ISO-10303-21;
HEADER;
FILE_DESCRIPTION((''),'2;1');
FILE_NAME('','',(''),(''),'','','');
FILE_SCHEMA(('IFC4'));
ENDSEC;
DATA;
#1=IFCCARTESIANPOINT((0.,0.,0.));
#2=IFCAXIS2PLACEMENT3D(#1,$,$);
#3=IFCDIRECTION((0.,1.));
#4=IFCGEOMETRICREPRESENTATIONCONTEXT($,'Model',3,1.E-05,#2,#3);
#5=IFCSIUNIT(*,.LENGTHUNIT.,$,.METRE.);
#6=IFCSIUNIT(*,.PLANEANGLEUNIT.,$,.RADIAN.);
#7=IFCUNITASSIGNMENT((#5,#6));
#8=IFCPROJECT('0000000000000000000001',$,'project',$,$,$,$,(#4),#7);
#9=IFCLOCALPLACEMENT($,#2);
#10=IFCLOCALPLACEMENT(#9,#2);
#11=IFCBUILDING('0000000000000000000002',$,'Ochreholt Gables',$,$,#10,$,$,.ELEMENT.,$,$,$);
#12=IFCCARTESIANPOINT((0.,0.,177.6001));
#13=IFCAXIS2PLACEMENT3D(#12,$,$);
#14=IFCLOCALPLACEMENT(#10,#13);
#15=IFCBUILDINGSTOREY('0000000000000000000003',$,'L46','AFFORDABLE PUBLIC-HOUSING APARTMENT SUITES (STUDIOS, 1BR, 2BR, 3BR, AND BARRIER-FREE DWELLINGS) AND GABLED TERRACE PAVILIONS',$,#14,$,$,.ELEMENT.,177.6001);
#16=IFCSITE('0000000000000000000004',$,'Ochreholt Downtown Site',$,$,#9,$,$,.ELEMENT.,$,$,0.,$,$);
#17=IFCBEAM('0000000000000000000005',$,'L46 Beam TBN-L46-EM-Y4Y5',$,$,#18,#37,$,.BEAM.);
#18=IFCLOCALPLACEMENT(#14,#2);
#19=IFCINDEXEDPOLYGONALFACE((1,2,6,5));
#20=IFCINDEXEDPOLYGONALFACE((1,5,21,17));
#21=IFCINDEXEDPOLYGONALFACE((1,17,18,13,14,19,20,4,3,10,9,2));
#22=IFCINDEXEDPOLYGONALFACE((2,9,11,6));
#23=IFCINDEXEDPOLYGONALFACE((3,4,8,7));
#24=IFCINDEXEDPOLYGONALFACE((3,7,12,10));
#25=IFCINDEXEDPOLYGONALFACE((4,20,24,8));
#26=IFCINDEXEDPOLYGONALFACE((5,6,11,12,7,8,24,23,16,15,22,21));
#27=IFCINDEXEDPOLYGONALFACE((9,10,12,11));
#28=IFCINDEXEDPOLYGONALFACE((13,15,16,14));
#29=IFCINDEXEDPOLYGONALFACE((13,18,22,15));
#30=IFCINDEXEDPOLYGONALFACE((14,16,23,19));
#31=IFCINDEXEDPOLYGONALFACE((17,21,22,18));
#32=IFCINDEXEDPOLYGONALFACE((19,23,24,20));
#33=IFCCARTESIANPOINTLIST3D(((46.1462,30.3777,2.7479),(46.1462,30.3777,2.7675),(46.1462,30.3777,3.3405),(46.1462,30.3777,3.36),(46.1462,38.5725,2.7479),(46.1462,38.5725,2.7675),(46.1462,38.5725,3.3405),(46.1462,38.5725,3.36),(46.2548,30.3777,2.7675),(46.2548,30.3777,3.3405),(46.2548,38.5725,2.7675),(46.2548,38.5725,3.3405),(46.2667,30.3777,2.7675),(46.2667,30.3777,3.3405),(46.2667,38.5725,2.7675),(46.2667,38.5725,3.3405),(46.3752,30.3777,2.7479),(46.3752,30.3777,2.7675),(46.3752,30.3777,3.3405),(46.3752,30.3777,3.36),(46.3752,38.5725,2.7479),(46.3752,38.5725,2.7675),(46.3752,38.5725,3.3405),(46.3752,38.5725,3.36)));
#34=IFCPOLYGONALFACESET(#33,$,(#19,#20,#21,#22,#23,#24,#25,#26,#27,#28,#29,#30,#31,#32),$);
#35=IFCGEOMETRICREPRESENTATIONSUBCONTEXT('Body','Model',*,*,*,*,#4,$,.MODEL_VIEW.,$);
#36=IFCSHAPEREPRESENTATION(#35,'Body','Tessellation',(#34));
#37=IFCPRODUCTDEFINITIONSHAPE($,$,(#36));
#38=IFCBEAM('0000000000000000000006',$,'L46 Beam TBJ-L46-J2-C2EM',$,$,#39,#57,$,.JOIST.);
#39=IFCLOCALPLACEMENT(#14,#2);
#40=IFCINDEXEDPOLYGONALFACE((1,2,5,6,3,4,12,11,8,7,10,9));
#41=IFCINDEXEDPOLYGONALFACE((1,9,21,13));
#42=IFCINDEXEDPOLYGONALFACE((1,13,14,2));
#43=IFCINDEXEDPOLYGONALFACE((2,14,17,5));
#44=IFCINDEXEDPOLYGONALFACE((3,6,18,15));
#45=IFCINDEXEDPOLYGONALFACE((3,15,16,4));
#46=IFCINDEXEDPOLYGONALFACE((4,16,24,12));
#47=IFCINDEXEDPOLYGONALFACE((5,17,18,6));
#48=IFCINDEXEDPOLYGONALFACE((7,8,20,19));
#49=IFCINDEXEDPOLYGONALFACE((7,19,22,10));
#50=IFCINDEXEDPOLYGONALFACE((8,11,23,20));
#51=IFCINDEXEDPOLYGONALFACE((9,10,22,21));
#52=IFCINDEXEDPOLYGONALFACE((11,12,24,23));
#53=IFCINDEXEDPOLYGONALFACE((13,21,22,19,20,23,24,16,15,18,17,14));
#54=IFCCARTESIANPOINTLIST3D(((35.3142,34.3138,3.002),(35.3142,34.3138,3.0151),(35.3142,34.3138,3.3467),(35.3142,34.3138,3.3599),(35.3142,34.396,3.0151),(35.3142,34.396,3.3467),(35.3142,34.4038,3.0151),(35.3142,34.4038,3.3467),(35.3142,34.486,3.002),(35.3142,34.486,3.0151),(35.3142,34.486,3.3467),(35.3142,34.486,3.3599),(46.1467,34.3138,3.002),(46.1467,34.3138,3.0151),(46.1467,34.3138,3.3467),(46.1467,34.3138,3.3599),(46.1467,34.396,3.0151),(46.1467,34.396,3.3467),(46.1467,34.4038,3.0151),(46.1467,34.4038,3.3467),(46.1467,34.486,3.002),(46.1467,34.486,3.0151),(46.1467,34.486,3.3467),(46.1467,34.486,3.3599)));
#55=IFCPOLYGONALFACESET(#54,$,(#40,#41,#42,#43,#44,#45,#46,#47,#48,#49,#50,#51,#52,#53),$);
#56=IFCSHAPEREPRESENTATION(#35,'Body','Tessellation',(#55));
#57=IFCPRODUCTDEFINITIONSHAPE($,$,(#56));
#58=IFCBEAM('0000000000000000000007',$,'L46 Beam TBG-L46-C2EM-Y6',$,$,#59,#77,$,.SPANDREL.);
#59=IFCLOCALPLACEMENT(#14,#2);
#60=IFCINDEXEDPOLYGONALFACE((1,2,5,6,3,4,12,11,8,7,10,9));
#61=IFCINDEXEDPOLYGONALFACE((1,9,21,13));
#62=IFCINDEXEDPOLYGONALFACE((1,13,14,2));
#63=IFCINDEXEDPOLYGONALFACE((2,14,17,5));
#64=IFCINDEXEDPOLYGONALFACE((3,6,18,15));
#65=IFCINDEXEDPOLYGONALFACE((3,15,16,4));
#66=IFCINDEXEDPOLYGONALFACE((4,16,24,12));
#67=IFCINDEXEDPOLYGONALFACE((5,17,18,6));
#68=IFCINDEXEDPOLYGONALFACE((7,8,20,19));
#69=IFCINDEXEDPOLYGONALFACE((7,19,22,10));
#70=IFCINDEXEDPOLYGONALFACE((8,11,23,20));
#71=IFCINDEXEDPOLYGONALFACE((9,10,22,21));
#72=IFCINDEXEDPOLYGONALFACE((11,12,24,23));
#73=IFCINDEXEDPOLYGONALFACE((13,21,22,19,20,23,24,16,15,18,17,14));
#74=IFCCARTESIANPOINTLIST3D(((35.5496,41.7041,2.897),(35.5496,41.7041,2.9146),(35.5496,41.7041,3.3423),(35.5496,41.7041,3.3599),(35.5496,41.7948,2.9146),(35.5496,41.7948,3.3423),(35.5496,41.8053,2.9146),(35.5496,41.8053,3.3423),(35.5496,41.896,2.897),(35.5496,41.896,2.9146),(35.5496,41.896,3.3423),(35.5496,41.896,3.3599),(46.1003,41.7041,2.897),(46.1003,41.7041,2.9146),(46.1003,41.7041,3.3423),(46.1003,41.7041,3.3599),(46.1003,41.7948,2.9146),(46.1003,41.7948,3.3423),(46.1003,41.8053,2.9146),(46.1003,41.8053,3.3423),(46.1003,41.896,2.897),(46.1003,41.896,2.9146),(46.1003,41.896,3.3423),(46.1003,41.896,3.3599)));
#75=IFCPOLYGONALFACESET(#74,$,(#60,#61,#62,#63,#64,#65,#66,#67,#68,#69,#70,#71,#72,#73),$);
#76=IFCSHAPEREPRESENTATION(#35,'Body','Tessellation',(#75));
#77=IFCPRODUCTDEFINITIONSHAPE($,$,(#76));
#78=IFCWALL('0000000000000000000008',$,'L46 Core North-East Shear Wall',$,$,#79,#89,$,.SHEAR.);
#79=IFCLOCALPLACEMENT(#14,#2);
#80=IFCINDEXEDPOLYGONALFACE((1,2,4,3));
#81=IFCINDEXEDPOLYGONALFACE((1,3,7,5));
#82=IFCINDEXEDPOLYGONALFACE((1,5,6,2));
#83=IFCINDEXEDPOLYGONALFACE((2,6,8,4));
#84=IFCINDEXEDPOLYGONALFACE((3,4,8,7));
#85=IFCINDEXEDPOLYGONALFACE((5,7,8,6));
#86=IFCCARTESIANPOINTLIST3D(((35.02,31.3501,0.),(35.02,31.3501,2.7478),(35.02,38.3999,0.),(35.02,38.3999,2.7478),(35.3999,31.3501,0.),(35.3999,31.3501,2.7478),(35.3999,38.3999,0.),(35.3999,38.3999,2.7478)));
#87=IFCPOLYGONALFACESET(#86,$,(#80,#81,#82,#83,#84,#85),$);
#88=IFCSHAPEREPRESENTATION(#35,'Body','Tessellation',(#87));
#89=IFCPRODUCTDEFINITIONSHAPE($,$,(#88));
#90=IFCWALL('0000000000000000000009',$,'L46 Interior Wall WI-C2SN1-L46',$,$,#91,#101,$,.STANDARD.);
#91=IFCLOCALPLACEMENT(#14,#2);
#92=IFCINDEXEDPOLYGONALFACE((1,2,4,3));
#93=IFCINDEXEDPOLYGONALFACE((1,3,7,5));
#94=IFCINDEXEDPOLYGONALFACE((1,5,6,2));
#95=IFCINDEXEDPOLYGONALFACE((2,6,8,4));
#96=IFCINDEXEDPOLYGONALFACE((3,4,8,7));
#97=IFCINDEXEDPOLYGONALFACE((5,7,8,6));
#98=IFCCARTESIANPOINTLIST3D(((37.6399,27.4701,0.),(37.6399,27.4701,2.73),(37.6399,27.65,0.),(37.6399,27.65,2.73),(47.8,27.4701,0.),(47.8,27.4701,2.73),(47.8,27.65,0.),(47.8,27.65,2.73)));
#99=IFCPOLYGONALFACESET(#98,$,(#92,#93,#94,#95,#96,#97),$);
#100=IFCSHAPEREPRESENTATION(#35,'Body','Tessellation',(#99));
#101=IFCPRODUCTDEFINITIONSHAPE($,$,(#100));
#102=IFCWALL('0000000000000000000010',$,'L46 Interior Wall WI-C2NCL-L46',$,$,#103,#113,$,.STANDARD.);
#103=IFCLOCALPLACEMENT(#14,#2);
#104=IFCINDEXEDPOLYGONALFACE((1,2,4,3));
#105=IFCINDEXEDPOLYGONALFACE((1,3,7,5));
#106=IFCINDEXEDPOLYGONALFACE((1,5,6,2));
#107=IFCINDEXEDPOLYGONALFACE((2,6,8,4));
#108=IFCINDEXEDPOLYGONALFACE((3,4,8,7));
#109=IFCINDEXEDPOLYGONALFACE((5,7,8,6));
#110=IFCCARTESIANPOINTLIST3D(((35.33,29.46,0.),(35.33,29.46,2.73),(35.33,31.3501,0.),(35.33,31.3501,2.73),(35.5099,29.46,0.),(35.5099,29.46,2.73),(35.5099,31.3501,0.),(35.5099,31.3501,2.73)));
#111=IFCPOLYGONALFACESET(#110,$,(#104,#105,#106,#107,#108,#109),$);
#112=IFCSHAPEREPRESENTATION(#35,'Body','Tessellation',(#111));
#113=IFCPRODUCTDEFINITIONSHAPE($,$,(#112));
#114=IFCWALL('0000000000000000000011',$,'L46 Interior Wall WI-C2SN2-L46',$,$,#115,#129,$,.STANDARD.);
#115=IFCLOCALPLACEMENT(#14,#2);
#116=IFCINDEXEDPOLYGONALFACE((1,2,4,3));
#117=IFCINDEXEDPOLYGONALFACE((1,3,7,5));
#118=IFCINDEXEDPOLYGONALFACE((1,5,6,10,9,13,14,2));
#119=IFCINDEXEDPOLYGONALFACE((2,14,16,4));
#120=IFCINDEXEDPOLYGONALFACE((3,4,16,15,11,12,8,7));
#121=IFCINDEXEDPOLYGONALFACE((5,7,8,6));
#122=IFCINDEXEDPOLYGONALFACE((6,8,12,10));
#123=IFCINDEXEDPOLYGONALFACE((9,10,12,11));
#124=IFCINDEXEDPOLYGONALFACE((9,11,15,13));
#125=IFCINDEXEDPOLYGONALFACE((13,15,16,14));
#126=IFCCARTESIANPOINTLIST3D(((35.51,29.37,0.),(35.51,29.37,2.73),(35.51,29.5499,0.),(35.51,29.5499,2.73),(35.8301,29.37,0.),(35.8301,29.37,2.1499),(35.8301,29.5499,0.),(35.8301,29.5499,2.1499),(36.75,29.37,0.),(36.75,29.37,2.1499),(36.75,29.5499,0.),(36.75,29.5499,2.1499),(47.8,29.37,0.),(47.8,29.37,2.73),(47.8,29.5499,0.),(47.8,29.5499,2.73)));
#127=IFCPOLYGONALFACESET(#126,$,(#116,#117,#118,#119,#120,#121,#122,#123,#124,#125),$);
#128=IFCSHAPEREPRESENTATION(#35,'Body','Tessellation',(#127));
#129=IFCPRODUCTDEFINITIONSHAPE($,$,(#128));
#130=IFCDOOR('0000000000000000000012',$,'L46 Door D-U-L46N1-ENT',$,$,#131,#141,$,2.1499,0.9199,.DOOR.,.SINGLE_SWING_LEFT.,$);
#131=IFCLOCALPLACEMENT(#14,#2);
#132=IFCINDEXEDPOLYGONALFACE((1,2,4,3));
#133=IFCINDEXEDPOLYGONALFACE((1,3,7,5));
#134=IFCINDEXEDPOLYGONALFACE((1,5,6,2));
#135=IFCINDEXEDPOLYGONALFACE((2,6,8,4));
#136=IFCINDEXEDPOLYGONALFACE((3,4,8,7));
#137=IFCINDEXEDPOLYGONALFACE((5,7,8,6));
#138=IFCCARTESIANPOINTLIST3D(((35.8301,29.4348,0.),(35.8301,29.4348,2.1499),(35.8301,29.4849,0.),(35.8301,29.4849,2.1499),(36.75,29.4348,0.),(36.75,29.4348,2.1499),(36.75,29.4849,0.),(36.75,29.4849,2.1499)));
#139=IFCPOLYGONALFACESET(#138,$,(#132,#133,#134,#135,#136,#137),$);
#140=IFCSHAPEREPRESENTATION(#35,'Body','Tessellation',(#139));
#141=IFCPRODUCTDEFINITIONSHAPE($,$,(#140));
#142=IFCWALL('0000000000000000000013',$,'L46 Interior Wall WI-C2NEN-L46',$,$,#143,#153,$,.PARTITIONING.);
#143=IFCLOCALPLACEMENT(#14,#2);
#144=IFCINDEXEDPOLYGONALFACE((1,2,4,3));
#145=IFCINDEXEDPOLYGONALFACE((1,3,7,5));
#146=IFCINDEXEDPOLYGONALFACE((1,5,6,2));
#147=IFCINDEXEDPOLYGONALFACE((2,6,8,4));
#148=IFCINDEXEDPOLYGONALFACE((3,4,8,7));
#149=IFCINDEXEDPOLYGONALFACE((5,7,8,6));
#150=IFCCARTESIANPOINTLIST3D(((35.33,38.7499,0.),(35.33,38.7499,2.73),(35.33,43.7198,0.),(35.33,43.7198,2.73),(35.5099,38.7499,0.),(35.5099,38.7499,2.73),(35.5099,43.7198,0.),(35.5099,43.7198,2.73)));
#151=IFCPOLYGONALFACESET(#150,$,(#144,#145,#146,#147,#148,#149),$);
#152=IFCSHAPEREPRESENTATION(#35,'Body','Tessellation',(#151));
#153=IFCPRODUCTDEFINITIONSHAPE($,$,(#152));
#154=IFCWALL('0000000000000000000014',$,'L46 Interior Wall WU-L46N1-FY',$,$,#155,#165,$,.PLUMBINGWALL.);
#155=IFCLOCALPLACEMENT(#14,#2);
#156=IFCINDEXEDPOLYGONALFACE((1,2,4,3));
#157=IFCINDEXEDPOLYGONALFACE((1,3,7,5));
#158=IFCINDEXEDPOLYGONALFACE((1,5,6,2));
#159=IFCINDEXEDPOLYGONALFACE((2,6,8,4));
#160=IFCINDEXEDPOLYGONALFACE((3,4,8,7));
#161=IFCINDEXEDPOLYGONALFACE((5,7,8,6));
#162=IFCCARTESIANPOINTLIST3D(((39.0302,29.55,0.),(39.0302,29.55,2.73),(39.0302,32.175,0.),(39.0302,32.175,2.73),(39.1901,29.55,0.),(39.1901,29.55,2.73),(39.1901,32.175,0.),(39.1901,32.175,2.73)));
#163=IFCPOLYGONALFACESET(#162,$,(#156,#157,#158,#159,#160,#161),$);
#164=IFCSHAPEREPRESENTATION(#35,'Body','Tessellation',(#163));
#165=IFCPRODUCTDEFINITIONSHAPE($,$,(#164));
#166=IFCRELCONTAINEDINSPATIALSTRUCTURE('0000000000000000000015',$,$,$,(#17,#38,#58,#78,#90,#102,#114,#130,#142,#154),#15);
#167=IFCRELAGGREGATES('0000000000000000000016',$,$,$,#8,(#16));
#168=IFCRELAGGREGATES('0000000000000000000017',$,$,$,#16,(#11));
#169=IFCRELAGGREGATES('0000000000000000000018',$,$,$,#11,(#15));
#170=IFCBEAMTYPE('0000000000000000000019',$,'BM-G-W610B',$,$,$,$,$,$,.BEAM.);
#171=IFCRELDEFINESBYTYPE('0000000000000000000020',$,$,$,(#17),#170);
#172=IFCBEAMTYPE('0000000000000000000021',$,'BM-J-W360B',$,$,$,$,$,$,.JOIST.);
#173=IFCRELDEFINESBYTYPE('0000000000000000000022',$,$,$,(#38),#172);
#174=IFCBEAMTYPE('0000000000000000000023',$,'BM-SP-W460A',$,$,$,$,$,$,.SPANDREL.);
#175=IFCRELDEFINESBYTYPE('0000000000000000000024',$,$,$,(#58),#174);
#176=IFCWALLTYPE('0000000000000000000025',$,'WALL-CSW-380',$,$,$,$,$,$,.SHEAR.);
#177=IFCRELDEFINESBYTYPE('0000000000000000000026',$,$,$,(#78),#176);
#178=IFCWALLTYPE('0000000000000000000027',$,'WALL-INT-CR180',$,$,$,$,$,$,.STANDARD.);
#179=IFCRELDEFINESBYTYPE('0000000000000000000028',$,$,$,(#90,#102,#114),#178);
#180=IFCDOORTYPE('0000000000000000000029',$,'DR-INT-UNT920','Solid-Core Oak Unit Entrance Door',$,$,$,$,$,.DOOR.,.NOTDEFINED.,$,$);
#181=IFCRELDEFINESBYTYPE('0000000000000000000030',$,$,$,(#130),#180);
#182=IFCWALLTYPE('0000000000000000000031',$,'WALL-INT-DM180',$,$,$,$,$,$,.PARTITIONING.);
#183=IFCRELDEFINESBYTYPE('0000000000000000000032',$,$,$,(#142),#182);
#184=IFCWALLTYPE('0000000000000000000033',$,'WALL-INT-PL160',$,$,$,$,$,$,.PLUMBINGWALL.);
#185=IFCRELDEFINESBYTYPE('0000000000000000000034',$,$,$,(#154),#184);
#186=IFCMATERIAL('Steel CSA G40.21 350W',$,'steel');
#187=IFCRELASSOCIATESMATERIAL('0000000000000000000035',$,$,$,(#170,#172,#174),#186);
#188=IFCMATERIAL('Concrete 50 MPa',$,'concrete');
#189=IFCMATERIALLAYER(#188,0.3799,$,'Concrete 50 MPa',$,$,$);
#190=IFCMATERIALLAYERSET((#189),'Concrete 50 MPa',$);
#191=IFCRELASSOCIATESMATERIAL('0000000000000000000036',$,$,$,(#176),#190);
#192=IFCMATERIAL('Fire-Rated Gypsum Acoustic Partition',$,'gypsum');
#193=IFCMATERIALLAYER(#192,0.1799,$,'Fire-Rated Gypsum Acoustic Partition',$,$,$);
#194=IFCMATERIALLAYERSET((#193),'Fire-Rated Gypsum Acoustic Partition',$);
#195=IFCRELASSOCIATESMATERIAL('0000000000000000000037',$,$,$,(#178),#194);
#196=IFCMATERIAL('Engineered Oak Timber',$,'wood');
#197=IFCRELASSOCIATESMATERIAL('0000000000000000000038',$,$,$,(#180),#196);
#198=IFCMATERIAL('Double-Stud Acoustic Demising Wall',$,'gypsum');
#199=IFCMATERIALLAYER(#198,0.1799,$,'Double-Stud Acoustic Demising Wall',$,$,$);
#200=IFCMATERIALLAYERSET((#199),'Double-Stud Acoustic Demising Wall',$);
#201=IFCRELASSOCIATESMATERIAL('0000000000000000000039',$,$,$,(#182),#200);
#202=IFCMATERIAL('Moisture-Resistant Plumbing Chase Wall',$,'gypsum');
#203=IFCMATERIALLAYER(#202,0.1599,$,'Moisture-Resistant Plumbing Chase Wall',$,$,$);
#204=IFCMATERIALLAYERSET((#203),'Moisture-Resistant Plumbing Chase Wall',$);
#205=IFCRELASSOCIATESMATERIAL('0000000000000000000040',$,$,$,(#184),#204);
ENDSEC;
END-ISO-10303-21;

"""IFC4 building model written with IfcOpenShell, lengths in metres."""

from ifc_helpers import new_model, si_unit, direction, frame, frame_2d, origin, origin_2d, place, context, subcontext, project, spatial, rectangle, i_section, extrude, material, layer, layer_set, material_profile, profile_set, type_object, element, fill, save


model = new_model("IFC4")

# Units and contexts
model_context = context("Model", 3, precision=1e-05, world=origin(), true_north=direction((0.0, 1.0)))
body_context = subcontext(model_context, "Body", "Model", "MODEL_VIEW")
ifc_project = project(units=[si_unit("LENGTHUNIT", "METRE"), si_unit("PLANEANGLEUNIT", "RADIAN")], contexts=[model_context])

# Site, building, storey
site_placement = place(None, origin())
site = spatial("IfcSite", under=ifc_project, at=site_placement, Name="Ochreholt Downtown Site", CompositionType="ELEMENT", RefElevation=0.0)
building_placement = place(site_placement, origin())
building = spatial("IfcBuilding", under=site, at=building_placement, Name="Ochreholt Gables", CompositionType="ELEMENT")
storey_placement = place(building_placement, frame((0.0, 0.0, 177.6001)))
storey = spatial("IfcBuildingStorey", under=building, at=storey_placement, Name="L46", Description="AFFORDABLE PUBLIC-HOUSING APARTMENT SUITES (STUDIOS, 1BR, 2BR, 3BR, AND BARRIER-FREE DWELLINGS) AND GABLED TERRACE PAVILIONS", CompositionType="ELEMENT", Elevation=177.6001)

# Shared definitions
ifc_material_1 = material(Name="Steel CSA G40.21 350W", Category="steel")
ifc_material_2 = material(Name="Concrete 50 MPa", Category="concrete")

# Beams
ifc_material_profile_1 = material_profile(ifc_material_1, i_section(OverallWidth=0.229, OverallDepth=0.6121, WebThickness=0.012, FlangeThickness=0.0195, at=origin_2d()), Name="W610X125")
ifc_profile_set_1 = profile_set([ifc_material_profile_1], Name="Steel CSA G40.21 350W")
beam_type_1 = type_object("IfcBeamType", Name="BM-G-W610B", PredefinedType="BEAM", material=ifc_profile_set_1)
beam_1_placement = place(storey_placement, frame((46.2607, 30.3777, 3.054), z_axis=(0.0, 1.0, 0.0), x_axis=(-1.0, 0.0, 0.0)))
element("IfcBeam", 1, at=beam_1_placement, inside=storey, type_object=beam_type_1, Name="L46 Beam TBN-L46-EM-Y4Y5", PredefinedType="BEAM", context=body_context, shape_type="SweptSolid", body=[
    extrude(i_section(OverallWidth=0.229, OverallDepth=0.6121, WebThickness=0.012, FlangeThickness=0.0195, at=origin_2d()), origin(), (0.0, 0.0, 1.0), 8.1948),
])
ifc_material_profile_2 = material_profile(ifc_material_1, i_section(OverallWidth=0.1721, OverallDepth=0.3579, WebThickness=0.0078, FlangeThickness=0.0132, at=origin_2d()), Name="W360X57")
ifc_profile_set_2 = profile_set([ifc_material_profile_2], Name="Steel CSA G40.21 350W")
beam_type_2 = type_object("IfcBeamType", Name="BM-J-W360B", PredefinedType="JOIST", material=ifc_profile_set_2)
beam_2_placement = place(storey_placement, frame((35.3142, 34.3999, 3.1809), z_axis=(1.0, 0.0, 0.0), x_axis=(0.0, 1.0, 0.0)))
element("IfcBeam", 2, at=beam_2_placement, inside=storey, type_object=beam_type_2, Name="L46 Beam TBJ-L46-J2-C2EM", PredefinedType="JOIST", context=body_context, shape_type="SweptSolid", body=[
    extrude(i_section(OverallWidth=0.1721, OverallDepth=0.3579, WebThickness=0.0078, FlangeThickness=0.0132, at=origin_2d()), origin(), (0.0, 0.0, 1.0), 10.8325),
])
ifc_material_profile_3 = material_profile(ifc_material_1, i_section(OverallWidth=0.1919, OverallDepth=0.4629, WebThickness=0.0105, FlangeThickness=0.0176, at=origin_2d()), Name="W460X89")
ifc_profile_set_3 = profile_set([ifc_material_profile_3], Name="Steel CSA G40.21 350W")
beam_type_3 = type_object("IfcBeamType", Name="BM-SP-W460A", PredefinedType="SPANDREL", material=ifc_profile_set_3)
beam_3_placement = place(storey_placement, frame((35.5496, 41.8, 3.1284), z_axis=(1.0, 0.0, 0.0), x_axis=(0.0, 1.0, 0.0)))
element("IfcBeam", 3, at=beam_3_placement, inside=storey, type_object=beam_type_3, Name="L46 Beam TBG-L46-C2EM-Y6", PredefinedType="SPANDREL", context=body_context, shape_type="SweptSolid", body=[
    extrude(i_section(OverallWidth=0.1919, OverallDepth=0.4629, WebThickness=0.0105, FlangeThickness=0.0176, at=origin_2d()), origin(), (0.0, 0.0, 1.0), 10.5508),
])

# Walls
ifc_layer_1 = layer(ifc_material_2, 0.3799, Name="Concrete 50 MPa")
ifc_layer_set_1 = layer_set([ifc_layer_1], Name="Concrete 50 MPa")
wall_type_1 = type_object("IfcWallType", Name="WALL-CSW-380", PredefinedType="SHEAR", material=ifc_layer_set_1)
wall_1_placement = place(storey_placement, frame((35.21, 31.3501, 0.0), z_axis=(0.0, 0.0, 1.0), x_axis=(0.0, 1.0, 0.0)))
element("IfcWall", 4, at=wall_1_placement, inside=storey, type_object=wall_type_1, Name="L46 Core North-East Shear Wall", PredefinedType="SHEAR", context=body_context, shape_type="SweptSolid", body=[
    extrude(rectangle(XDim=7.0498, YDim=0.3799, at=frame_2d((3.5249, 0.0))), origin(), (0.0, 0.0, 1.0), 2.7478),
])
ifc_material_3 = material(Name="Fire-Rated Gypsum Acoustic Partition", Category="gypsum")
ifc_layer_2 = layer(ifc_material_3, 0.1799, Name="Fire-Rated Gypsum Acoustic Partition")
ifc_layer_set_2 = layer_set([ifc_layer_2], Name="Fire-Rated Gypsum Acoustic Partition")
wall_type_2 = type_object("IfcWallType", Name="WALL-INT-CR180", PredefinedType="STANDARD", material=ifc_layer_set_2)
wall_2_placement = place(storey_placement, frame((37.6399, 27.5601, 0.0), z_axis=(0.0, 0.0, 1.0), x_axis=(1.0, 0.0, 0.0)))
element("IfcWall", 5, at=wall_2_placement, inside=storey, type_object=wall_type_2, Name="L46 Interior Wall WI-C2SN1-L46", PredefinedType="STANDARD", context=body_context, shape_type="SweptSolid", body=[
    extrude(rectangle(XDim=10.1602, YDim=0.1799, at=frame_2d((5.0801, 0.0))), origin(), (0.0, 0.0, 1.0), 2.73),
])
wall_3_placement = place(storey_placement, frame((35.4199, 29.46, 0.0), z_axis=(0.0, 0.0, 1.0), x_axis=(0.0, 1.0, 0.0)))
element("IfcWall", 6, at=wall_3_placement, inside=storey, type_object=wall_type_2, Name="L46 Interior Wall WI-C2NCL-L46", PredefinedType="STANDARD", context=body_context, shape_type="SweptSolid", body=[
    extrude(rectangle(XDim=1.8901, YDim=0.1799, at=frame_2d((0.9451, 0.0))), origin(), (0.0, 0.0, 1.0), 2.73),
])

# Wall, opening, door
wall_4_placement = place(storey_placement, frame((35.51, 29.46, 0.0), z_axis=(0.0, 0.0, 1.0), x_axis=(1.0, 0.0, 0.0)))
wall_4 = element("IfcWall", 7, at=wall_4_placement, inside=storey, type_object=wall_type_2, Name="L46 Interior Wall WI-C2SN2-L46", PredefinedType="STANDARD", context=body_context, shape_type="SweptSolid", body=[
    extrude(rectangle(XDim=12.29, YDim=0.1799, at=frame_2d((6.145, 0.0))), origin(), (0.0, 0.0, 1.0), 2.73),
])
opening_1_placement = place(wall_4_placement, frame((0.3201, 0.0, 0.0)))
opening_1 = element("IfcOpeningElement", 8, at=opening_1_placement, cuts=wall_4, PredefinedType="OPENING", context=body_context, shape_type="SweptSolid", body=[
    extrude(rectangle(XDim=0.9199, YDim=2.1499, at=frame_2d((0.46, 1.075))), frame((0.0, 0.0999, 0.0), z_axis=(0.0, -1.0, 0.0), x_axis=(1.0, 0.0, 0.0)), (0.0, 0.0, 1.0), 0.2),
])
ifc_material_4 = material(Name="Engineered Oak Timber", Category="wood")
door_type_1 = type_object("IfcDoorType", Name="DR-INT-UNT920", Description="Solid-Core Oak Unit Entrance Door", OperationType="NOTDEFINED", PredefinedType="DOOR", material=ifc_material_4)
door_1_placement = place(opening_1_placement, origin())
door_1 = element("IfcDoor", 9, at=door_1_placement, inside=storey, type_object=door_type_1, Name="L46 Door D-U-L46N1-ENT", OperationType="SINGLE_SWING_LEFT", OverallHeight=2.1499, OverallWidth=0.9199, PredefinedType="DOOR", context=body_context, shape_type="SweptSolid", body=[
    extrude(rectangle(XDim=0.9199, YDim=2.1499, at=frame_2d((0.46, 1.075))), frame((0.0, 0.0249, 0.0), z_axis=(0.0, -1.0, 0.0), x_axis=(1.0, 0.0, 0.0)), (0.0, 0.0, 1.0), 0.05),
])
fill(opening_1, door_1)

# Wall
ifc_material_5 = material(Name="Double-Stud Acoustic Demising Wall", Category="gypsum")
ifc_layer_3 = layer(ifc_material_5, 0.1799, Name="Double-Stud Acoustic Demising Wall")
ifc_layer_set_3 = layer_set([ifc_layer_3], Name="Double-Stud Acoustic Demising Wall")
wall_type_3 = type_object("IfcWallType", Name="WALL-INT-DM180", PredefinedType="PARTITIONING", material=ifc_layer_set_3)
wall_5_placement = place(storey_placement, frame((35.4199, 38.75, 0.0), z_axis=(0.0, 0.0, 1.0), x_axis=(0.0, 1.0, 0.0)))
element("IfcWall", 10, at=wall_5_placement, inside=storey, type_object=wall_type_3, Name="L46 Interior Wall WI-C2NEN-L46", PredefinedType="PARTITIONING", context=body_context, shape_type="SweptSolid", body=[
    extrude(rectangle(XDim=4.97, YDim=0.1799, at=frame_2d((2.4849, 0.0))), origin(), (0.0, 0.0, 1.0), 2.73),
])

# Shared definitions
ifc_material_6 = material(Name="Moisture-Resistant Plumbing Chase Wall", Category="gypsum")
ifc_layer_4 = layer(ifc_material_6, 0.1599, Name="Moisture-Resistant Plumbing Chase Wall")
ifc_layer_set_4 = layer_set([ifc_layer_4], Name="Moisture-Resistant Plumbing Chase Wall")
wall_type_4 = type_object("IfcWallType", Name="WALL-INT-PL160", PredefinedType="PLUMBINGWALL", material=ifc_layer_set_4)

# Wall
wall_6_placement = place(storey_placement, frame((39.1101, 29.55, 0.0), z_axis=(0.0, 0.0, 1.0), x_axis=(0.0, 1.0, 0.0)))
element("IfcWall", 11, at=wall_6_placement, inside=storey, type_object=wall_type_4, Name="L46 Interior Wall WU-L46N1-FY", PredefinedType="PLUMBINGWALL", context=body_context, shape_type="SweptSolid", body=[
    extrude(rectangle(XDim=2.625, YDim=0.1599, at=frame_2d((1.3125, 0.0))), origin(), (0.0, 0.0, 1.0), 2.73),
])

save(model, "model.ifc")
